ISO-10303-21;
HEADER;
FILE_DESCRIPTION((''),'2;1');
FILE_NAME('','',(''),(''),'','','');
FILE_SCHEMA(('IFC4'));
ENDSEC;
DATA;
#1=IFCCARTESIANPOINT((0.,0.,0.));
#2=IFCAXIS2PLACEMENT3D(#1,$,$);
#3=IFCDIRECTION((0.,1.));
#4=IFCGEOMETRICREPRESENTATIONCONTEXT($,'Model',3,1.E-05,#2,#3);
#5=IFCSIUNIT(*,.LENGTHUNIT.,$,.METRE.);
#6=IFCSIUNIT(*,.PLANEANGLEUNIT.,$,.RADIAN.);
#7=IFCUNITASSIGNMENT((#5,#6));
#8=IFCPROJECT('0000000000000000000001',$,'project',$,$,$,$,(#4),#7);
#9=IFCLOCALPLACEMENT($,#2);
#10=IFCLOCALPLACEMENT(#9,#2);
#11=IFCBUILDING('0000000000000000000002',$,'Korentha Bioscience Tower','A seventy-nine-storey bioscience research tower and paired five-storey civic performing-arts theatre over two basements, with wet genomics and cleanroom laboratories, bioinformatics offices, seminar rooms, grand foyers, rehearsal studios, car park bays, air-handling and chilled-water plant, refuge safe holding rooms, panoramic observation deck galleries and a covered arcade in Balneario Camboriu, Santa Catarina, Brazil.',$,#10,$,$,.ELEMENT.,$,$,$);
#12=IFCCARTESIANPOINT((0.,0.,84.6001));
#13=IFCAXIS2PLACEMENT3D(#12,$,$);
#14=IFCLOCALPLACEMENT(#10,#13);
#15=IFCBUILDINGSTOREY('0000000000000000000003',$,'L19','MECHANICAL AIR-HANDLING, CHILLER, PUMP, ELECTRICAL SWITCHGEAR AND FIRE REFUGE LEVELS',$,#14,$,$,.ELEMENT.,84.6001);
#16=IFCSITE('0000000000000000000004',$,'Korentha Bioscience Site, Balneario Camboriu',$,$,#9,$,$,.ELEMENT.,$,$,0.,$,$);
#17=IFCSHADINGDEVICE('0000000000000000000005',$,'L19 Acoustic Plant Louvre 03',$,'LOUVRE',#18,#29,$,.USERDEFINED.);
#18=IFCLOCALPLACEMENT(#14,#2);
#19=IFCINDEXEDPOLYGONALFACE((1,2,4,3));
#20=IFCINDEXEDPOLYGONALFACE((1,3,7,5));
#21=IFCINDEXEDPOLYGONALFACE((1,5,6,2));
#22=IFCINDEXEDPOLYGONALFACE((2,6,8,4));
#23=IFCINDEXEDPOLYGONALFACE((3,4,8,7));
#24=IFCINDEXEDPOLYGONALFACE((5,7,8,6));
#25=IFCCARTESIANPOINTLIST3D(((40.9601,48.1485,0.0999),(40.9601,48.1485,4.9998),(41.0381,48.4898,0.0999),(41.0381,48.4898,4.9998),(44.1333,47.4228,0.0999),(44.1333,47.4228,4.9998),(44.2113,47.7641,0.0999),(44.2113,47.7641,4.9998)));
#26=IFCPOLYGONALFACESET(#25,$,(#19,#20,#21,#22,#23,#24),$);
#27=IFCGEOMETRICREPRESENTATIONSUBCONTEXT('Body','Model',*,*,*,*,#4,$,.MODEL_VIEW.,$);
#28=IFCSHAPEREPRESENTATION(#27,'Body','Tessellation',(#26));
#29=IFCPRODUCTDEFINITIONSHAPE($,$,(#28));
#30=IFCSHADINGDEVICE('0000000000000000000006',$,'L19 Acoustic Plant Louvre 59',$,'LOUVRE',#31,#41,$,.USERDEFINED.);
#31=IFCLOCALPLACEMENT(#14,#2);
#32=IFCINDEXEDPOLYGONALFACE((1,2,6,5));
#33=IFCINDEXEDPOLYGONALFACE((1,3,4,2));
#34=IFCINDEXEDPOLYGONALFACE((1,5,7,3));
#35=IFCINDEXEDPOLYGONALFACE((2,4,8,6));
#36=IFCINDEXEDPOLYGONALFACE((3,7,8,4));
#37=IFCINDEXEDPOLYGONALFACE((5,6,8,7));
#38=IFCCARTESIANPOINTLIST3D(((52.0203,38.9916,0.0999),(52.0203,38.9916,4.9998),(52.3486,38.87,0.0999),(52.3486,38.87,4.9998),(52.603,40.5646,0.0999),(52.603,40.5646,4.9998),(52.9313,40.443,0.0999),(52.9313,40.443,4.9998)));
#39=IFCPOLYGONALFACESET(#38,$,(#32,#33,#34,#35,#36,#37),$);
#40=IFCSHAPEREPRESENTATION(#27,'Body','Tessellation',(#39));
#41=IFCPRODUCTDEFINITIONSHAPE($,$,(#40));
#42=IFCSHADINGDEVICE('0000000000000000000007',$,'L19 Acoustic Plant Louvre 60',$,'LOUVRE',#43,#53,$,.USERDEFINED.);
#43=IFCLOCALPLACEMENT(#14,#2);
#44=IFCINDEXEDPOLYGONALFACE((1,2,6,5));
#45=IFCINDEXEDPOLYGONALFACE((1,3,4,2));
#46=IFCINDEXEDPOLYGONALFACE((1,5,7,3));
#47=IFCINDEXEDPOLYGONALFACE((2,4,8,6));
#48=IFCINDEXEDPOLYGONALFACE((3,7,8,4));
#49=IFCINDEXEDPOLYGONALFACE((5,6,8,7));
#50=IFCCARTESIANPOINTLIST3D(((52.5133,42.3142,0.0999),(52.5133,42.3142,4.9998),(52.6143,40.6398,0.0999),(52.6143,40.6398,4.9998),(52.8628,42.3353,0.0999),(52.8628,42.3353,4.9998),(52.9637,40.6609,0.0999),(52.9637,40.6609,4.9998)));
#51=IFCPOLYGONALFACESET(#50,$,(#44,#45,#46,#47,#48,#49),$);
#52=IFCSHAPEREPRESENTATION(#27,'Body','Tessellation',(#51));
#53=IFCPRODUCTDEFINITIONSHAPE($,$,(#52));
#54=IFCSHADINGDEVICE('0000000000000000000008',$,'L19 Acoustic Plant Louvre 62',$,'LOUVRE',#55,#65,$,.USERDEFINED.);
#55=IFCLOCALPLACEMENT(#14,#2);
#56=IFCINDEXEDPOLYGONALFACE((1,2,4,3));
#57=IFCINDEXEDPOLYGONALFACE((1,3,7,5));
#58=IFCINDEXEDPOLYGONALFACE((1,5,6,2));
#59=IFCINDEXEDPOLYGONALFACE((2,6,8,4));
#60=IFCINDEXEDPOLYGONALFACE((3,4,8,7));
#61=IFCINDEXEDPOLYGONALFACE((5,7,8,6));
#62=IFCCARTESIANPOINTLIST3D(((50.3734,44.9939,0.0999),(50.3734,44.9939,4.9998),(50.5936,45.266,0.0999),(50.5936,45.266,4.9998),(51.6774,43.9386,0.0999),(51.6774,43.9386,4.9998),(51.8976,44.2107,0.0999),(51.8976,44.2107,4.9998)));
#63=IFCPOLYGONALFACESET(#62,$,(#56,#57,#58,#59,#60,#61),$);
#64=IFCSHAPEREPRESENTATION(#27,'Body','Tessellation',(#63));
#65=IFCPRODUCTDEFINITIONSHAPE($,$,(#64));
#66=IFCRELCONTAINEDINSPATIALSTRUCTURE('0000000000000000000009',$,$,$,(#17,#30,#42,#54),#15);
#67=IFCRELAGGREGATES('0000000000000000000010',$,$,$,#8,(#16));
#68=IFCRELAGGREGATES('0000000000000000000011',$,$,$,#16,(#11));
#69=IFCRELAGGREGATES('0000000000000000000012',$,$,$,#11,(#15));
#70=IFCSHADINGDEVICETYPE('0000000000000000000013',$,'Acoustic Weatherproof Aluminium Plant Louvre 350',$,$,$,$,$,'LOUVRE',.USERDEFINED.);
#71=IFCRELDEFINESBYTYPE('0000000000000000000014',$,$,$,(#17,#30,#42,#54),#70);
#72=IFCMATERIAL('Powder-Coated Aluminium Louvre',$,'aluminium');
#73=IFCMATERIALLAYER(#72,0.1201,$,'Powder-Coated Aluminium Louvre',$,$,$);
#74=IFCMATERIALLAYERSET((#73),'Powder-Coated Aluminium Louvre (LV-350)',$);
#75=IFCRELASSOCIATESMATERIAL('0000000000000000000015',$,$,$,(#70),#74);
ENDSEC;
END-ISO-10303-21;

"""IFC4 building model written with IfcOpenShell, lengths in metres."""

from ifc_helpers import new_model, si_unit, direction, frame, origin, origin_2d, place, context, subcontext, project, spatial, rectangle, extrude, material, layer, layer_set, type_object, element, save


model = new_model("IFC4")

# Units and contexts
model_context = context("Model", 3, precision=1e-05, world=origin(), true_north=direction((0.0, 1.0)))
body_context = subcontext(model_context, "Body", "Model", "MODEL_VIEW")
ifc_project = project(units=[si_unit("LENGTHUNIT", "METRE"), si_unit("PLANEANGLEUNIT", "RADIAN")], contexts=[model_context])

# Site, building, storey
site_placement = place(None, origin())
site = spatial("IfcSite", under=ifc_project, at=site_placement, Name="Korentha Bioscience Site, Balneario Camboriu", CompositionType="ELEMENT", RefElevation=0.0)
building_placement = place(site_placement, origin())
building = spatial("IfcBuilding", under=site, at=building_placement, Name="Korentha Bioscience Tower", Description="A seventy-nine-storey bioscience research tower and paired five-storey civic performing-arts theatre over two basements, with wet genomics and cleanroom laboratories, bioinformatics offices, seminar rooms, grand foyers, rehearsal studios, car park bays, air-handling and chilled-water plant, refuge safe holding rooms, panoramic observation deck galleries and a covered arcade in Balneario Camboriu, Santa Catarina, Brazil.", CompositionType="ELEMENT")
storey_placement = place(building_placement, frame((0.0, 0.0, 84.6001)))
storey = spatial("IfcBuildingStorey", under=building, at=storey_placement, Name="L19", Description="MECHANICAL AIR-HANDLING, CHILLER, PUMP, ELECTRICAL SWITCHGEAR AND FIRE REFUGE LEVELS", CompositionType="ELEMENT", Elevation=84.6001)

# Shading devices
ifc_material_1 = material(Name="Powder-Coated Aluminium Louvre", Category="aluminium")
ifc_layer_1 = layer(ifc_material_1, 0.1201, Name="Powder-Coated Aluminium Louvre")
ifc_layer_set_1 = layer_set([ifc_layer_1], Name="Powder-Coated Aluminium Louvre (LV-350)")
shading_device_type = type_object("IfcShadingDeviceType", Name="Acoustic Weatherproof Aluminium Plant Louvre 350", ElementType="LOUVRE", PredefinedType="USERDEFINED", material=ifc_layer_set_1)
shading_device_1_placement = place(storey_placement, frame((42.5857, 47.9563, 0.0999), z_axis=(0.0, 0.0, 1.0), x_axis=(-0.974837, 0.222919, 0.0)))
element("IfcShadingDevice", 1, at=shading_device_1_placement, inside=storey, type_object=shading_device_type, Name="L19 Acoustic Plant Louvre 03", ObjectType="LOUVRE", PredefinedType="USERDEFINED", context=body_context, shape_type="SweptSolid", body=[
    extrude(rectangle(XDim=3.2551, YDim=0.3501, at=origin_2d()), origin(), (0.0, 0.0, 1.0), 4.8999),
])
for number, where, z_axis, x_axis, name in (
    (2, (52.4758, 39.7173, 0.0999), (0.0, 0.0, 1.0), (0.347369, 0.937728, 0.0), "L19 Acoustic Plant Louvre 59"),
    (3, (52.7385, 41.4875, 0.0999), (0.0, 0.0, 1.0), (-0.060193, 0.998187, 0.0), "L19 Acoustic Plant Louvre 60"),
    (4, (51.1355, 44.6023, 0.0999), (0.0, 0.0, 1.0), (-0.777331, 0.629092, 0.0), "L19 Acoustic Plant Louvre 62"),
):
    element("IfcShadingDevice", number, at=place(storey_placement, frame(where, z_axis=z_axis, x_axis=x_axis)), inside=storey, type_object=shading_device_type, Name=name, ObjectType="LOUVRE", PredefinedType="USERDEFINED", context=body_context, shape_type="SweptSolid", body=[
        extrude(rectangle(XDim=1.6775, YDim=0.3501, at=origin_2d()), origin(), (0.0, 0.0, 1.0), 4.8999),
    ])

save(model, "model.ifc")
